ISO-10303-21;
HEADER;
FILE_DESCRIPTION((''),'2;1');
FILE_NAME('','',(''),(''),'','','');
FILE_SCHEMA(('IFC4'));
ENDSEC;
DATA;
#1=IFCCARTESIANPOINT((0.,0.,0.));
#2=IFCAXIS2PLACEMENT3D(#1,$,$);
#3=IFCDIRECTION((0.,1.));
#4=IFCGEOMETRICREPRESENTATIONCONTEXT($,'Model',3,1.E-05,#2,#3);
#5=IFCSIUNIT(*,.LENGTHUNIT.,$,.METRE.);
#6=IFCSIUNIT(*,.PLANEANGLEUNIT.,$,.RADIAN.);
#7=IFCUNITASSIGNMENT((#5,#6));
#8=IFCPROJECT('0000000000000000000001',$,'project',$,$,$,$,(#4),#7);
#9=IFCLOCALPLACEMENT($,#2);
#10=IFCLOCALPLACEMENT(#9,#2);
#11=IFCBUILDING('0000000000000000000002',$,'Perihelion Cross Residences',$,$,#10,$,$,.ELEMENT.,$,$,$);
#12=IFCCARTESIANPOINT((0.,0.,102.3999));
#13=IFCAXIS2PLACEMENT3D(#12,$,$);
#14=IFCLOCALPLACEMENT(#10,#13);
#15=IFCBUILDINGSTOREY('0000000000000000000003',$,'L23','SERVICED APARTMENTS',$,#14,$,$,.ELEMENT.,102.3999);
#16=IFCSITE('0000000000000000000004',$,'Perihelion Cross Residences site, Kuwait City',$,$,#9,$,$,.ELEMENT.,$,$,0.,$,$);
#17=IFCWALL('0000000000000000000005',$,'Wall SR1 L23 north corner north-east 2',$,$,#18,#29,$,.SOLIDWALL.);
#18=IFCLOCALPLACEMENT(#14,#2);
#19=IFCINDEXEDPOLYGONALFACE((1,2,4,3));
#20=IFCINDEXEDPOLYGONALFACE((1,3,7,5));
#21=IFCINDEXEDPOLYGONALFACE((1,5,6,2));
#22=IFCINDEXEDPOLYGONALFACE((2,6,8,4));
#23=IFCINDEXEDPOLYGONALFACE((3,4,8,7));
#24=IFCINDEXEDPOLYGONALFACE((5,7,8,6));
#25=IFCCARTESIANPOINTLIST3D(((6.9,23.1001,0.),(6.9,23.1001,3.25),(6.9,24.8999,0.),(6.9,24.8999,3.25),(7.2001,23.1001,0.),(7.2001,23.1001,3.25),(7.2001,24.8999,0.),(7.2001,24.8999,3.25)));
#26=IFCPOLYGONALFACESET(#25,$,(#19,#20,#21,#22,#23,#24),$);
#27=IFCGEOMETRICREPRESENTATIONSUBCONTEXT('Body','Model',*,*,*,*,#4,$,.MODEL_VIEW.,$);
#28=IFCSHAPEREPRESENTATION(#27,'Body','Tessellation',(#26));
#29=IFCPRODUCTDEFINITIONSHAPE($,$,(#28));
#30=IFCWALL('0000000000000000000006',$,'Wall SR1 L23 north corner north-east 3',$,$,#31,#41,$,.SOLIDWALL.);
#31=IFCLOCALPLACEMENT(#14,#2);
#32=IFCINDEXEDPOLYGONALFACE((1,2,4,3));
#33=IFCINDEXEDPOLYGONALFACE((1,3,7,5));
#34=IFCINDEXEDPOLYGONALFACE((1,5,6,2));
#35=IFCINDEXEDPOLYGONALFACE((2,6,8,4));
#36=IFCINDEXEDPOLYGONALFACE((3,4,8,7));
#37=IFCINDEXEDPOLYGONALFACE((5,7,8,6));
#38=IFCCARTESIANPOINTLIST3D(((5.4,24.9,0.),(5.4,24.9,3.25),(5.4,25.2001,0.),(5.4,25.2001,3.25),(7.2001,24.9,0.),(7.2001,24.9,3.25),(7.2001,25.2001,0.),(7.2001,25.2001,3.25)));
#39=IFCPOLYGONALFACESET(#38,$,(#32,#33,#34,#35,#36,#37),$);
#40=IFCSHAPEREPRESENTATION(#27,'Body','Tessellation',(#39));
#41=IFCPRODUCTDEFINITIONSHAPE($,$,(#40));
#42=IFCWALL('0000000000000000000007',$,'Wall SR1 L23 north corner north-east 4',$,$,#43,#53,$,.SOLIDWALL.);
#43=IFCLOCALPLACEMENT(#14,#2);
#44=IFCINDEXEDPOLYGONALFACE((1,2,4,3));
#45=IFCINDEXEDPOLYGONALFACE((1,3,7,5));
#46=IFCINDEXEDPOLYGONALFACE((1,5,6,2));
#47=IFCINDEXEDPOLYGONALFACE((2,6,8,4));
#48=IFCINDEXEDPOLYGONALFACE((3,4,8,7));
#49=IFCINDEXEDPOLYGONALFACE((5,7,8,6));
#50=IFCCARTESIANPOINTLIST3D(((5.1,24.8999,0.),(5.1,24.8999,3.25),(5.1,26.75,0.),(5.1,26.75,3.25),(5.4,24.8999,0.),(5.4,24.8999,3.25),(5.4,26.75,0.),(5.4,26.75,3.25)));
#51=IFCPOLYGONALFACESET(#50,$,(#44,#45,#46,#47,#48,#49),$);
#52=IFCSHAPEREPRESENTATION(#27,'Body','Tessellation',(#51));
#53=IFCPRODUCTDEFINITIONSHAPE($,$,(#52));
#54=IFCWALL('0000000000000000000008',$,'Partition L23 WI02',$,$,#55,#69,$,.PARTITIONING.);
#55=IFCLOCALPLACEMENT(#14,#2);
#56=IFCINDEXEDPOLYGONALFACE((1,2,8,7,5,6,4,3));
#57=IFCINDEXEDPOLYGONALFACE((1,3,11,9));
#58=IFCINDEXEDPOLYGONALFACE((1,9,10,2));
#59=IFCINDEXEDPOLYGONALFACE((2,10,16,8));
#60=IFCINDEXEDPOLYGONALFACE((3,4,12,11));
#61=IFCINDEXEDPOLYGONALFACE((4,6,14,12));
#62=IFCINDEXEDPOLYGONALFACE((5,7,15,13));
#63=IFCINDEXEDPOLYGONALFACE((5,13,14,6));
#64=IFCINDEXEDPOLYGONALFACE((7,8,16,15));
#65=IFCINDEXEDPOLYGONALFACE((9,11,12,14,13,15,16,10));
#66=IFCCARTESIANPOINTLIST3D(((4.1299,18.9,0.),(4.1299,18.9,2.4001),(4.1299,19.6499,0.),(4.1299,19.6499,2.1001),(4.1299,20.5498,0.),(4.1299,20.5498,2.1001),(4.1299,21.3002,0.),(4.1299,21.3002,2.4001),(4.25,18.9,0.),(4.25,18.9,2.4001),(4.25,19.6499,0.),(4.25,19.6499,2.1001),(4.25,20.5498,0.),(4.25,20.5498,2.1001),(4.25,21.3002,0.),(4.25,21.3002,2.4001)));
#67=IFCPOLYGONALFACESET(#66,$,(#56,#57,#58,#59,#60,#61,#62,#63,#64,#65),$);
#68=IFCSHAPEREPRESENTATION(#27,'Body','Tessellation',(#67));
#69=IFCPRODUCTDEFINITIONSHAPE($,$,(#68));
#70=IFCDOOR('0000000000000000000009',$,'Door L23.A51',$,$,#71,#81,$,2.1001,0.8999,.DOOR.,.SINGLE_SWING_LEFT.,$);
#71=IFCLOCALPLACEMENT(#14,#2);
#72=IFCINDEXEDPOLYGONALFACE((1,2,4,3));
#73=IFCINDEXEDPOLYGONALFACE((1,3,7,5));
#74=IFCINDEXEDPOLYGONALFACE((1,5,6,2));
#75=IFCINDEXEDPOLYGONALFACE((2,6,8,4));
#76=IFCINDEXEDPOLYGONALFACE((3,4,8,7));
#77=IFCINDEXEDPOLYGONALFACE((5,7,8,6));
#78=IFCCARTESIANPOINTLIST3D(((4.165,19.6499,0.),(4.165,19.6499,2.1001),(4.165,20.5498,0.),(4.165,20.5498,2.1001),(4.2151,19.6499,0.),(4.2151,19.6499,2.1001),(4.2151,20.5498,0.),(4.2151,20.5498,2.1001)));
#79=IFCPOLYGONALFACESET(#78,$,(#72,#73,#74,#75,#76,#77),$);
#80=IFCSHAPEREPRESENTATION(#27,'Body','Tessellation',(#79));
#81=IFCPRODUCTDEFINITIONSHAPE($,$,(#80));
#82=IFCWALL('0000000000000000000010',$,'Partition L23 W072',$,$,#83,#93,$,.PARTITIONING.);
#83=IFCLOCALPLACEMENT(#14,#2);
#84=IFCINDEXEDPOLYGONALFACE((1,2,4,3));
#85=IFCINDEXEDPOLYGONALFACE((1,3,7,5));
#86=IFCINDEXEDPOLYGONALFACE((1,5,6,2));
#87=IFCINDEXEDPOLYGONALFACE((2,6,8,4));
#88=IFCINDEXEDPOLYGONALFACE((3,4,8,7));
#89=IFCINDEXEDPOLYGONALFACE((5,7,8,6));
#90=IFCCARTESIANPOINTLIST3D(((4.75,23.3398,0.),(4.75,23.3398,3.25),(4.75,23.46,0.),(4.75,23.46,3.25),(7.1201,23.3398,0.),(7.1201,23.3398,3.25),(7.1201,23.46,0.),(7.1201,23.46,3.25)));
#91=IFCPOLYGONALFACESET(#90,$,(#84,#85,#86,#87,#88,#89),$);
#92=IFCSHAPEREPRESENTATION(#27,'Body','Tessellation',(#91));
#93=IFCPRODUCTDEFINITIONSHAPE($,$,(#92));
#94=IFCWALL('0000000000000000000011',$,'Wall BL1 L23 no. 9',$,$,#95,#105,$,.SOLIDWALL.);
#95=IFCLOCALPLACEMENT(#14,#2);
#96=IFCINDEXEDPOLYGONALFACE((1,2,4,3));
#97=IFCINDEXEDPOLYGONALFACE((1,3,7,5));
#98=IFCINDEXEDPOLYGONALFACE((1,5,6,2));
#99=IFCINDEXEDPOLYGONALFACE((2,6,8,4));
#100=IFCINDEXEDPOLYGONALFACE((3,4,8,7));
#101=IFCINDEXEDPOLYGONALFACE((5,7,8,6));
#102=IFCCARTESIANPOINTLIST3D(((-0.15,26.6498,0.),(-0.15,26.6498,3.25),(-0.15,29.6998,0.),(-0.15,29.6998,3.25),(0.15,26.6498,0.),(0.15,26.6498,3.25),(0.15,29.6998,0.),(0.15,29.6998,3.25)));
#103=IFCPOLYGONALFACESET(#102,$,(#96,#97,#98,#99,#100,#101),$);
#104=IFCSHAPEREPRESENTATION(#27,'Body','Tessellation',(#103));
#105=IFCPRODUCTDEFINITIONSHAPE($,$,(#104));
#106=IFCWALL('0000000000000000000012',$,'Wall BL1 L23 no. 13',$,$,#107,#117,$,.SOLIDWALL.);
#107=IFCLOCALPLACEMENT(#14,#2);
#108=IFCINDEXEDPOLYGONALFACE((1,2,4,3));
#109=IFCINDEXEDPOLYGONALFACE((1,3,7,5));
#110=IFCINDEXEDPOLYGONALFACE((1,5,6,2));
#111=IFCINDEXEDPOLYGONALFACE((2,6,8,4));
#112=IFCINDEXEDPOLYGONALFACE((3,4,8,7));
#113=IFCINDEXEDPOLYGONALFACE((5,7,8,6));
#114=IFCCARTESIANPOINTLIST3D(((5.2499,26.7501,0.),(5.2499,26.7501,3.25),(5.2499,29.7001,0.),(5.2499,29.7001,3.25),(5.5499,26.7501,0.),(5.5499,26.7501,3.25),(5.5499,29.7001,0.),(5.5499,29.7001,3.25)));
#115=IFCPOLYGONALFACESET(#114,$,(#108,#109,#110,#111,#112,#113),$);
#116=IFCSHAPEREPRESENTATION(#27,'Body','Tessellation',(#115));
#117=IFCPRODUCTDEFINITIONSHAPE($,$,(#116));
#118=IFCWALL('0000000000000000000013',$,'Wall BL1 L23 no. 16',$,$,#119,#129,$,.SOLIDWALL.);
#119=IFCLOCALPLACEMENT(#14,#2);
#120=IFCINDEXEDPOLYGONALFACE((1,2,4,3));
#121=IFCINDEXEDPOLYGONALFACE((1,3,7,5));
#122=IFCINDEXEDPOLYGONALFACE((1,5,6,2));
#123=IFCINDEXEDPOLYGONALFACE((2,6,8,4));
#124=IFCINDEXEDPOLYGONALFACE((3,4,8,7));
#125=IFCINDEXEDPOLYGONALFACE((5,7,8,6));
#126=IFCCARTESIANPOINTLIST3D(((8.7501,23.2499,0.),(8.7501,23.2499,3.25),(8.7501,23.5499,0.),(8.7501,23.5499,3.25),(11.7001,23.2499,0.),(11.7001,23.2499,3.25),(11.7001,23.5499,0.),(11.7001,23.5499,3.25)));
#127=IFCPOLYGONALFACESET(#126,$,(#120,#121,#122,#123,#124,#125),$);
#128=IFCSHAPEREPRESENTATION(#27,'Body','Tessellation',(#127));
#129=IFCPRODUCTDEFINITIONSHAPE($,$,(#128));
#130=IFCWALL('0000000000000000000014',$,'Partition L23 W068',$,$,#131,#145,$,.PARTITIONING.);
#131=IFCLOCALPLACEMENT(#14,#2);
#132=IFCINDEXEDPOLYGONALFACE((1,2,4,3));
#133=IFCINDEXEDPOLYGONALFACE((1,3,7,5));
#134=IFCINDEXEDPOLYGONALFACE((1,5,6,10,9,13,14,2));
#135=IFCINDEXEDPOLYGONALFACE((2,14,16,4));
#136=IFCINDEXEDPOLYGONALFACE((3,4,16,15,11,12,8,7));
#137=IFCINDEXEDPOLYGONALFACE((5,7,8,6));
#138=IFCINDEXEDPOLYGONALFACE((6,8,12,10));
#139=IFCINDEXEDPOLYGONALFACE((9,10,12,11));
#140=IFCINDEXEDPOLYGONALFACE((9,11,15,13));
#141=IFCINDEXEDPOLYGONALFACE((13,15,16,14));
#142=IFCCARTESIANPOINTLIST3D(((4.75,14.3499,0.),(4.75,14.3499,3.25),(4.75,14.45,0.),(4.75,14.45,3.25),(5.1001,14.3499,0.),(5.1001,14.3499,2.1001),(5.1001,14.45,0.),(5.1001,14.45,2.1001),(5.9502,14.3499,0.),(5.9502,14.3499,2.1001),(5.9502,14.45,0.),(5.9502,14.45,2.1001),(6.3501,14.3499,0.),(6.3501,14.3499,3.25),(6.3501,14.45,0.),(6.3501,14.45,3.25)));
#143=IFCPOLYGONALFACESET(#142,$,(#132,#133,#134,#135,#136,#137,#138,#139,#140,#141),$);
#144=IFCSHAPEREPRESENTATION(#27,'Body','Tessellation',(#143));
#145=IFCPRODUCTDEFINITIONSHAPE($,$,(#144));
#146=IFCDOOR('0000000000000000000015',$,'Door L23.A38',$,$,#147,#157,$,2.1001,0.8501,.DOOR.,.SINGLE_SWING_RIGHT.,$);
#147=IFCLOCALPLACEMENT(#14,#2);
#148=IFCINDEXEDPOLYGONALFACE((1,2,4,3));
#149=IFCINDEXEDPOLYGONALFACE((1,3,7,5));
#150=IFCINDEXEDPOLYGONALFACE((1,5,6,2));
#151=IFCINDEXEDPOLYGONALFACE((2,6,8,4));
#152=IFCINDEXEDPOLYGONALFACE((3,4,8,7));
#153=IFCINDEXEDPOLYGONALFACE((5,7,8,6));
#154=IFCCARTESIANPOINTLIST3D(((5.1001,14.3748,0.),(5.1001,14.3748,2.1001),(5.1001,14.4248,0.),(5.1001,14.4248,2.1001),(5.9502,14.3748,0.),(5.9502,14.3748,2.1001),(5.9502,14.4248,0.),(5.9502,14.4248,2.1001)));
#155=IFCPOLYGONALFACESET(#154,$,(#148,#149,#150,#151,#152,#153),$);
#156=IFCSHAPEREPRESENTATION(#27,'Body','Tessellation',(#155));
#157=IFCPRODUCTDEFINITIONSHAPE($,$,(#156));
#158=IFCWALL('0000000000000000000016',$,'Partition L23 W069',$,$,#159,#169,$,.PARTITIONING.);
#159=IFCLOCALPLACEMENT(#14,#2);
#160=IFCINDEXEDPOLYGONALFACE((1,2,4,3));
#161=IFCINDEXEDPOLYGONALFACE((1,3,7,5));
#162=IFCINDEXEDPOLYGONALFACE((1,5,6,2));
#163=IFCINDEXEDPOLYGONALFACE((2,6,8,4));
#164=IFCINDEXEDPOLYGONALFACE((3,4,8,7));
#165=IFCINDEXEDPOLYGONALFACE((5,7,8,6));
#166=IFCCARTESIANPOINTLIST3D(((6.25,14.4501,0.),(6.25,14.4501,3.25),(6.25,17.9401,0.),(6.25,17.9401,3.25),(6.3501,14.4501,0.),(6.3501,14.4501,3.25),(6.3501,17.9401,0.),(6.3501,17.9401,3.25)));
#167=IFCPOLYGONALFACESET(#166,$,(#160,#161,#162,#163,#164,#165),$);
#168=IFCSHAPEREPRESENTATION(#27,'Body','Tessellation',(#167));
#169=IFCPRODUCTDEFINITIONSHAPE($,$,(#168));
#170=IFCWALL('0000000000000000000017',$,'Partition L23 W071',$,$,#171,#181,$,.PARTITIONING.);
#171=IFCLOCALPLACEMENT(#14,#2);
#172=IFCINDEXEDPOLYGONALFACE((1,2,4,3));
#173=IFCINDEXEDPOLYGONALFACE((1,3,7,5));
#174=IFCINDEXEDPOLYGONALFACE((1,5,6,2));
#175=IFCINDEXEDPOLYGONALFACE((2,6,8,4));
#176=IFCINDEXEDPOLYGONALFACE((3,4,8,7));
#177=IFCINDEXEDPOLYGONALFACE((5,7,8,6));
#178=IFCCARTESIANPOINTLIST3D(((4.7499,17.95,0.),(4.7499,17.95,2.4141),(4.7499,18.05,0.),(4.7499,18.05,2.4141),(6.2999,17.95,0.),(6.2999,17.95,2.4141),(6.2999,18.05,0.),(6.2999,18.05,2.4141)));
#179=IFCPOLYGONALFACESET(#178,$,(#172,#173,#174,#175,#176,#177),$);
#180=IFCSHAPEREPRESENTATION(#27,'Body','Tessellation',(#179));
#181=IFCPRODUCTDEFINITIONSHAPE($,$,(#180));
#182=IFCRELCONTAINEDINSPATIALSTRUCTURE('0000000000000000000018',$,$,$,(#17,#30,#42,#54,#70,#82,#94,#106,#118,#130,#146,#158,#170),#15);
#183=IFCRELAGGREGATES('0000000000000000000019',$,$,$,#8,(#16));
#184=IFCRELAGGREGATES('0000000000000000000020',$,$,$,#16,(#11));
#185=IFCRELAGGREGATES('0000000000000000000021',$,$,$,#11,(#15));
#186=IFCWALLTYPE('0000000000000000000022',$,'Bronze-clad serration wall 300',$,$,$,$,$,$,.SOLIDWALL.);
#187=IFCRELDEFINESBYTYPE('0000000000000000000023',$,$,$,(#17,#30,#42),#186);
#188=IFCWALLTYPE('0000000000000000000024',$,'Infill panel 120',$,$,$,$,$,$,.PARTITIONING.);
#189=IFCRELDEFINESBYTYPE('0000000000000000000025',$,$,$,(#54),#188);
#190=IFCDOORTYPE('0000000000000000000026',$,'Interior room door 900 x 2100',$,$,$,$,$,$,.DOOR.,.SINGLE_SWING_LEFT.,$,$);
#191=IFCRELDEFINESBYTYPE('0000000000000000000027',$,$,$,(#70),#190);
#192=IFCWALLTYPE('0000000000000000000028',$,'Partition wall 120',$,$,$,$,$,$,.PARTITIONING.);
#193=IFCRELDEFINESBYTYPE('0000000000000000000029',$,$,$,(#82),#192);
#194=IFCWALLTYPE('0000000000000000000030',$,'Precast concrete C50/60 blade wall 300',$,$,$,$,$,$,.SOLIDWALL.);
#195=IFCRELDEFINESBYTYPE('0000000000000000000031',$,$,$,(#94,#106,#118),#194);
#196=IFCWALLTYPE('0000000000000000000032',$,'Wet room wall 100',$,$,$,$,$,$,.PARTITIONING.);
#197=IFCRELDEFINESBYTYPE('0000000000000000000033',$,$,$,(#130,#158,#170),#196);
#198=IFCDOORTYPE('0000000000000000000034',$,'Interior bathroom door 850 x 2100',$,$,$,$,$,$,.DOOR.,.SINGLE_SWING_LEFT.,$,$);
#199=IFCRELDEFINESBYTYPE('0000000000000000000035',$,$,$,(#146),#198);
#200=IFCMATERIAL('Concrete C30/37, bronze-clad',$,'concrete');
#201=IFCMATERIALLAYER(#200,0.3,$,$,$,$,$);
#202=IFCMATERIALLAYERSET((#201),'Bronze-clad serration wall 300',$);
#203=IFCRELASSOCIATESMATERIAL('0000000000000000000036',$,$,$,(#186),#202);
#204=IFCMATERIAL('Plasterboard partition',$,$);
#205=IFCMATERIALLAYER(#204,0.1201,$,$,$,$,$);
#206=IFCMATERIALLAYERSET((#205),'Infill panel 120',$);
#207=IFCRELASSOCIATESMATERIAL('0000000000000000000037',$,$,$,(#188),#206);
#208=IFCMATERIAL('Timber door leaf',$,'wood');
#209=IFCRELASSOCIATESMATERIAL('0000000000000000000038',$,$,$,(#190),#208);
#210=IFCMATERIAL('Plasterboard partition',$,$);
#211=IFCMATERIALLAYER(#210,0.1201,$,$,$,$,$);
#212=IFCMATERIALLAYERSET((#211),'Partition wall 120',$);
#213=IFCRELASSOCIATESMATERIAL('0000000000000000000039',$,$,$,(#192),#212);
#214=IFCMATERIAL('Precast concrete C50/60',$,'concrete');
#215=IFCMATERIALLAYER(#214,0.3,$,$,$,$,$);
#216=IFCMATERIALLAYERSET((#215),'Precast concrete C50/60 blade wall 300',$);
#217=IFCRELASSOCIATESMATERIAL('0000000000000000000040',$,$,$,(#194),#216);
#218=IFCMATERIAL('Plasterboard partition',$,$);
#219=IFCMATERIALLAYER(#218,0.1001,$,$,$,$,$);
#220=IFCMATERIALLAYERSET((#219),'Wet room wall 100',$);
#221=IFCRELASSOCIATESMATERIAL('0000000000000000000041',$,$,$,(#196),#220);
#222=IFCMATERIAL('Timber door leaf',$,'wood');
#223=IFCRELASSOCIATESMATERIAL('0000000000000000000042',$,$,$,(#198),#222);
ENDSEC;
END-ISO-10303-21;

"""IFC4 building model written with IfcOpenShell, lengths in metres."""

from ifc_helpers import new_model, si_unit, direction, frame, frame_2d, origin, place, context, subcontext, project, spatial, rectangle, extrude, material, layer, layer_set, type_object, element, fill, save


model = new_model("IFC4")

# Units and contexts
model_context = context("Model", 3, precision=1e-05, world=origin(), true_north=direction((0.0, 1.0)))
body_context = subcontext(model_context, "Body", "Model", "MODEL_VIEW")
ifc_project = project(units=[si_unit("LENGTHUNIT", "METRE"), si_unit("PLANEANGLEUNIT", "RADIAN")], contexts=[model_context])

# Site, building, storey
site_placement = place(None, origin())
site = spatial("IfcSite", under=ifc_project, at=site_placement, Name="Perihelion Cross Residences site, Kuwait City", CompositionType="ELEMENT", RefElevation=0.0)
building_placement = place(site_placement, origin())
building = spatial("IfcBuilding", under=site, at=building_placement, Name="Perihelion Cross Residences", CompositionType="ELEMENT")
storey_placement = place(building_placement, frame((0.0, 0.0, 102.3999)))
storey = spatial("IfcBuildingStorey", under=building, at=storey_placement, Name="L23", Description="SERVICED APARTMENTS", CompositionType="ELEMENT", Elevation=102.3999)

# Walls
ifc_material_1 = material(Name="Concrete C30/37, bronze-clad", Category="concrete")
ifc_layer_1 = layer(ifc_material_1, 0.3)
ifc_layer_set_1 = layer_set([ifc_layer_1], Name="Bronze-clad serration wall 300")
wall_type_1 = type_object("IfcWallType", Name="Bronze-clad serration wall 300", PredefinedType="SOLIDWALL", material=ifc_layer_set_1)
wall_1_placement = place(storey_placement, frame((7.05, 23.1001, 0.0), z_axis=(0.0, 0.0, 1.0), x_axis=(0.0, 1.0, 0.0)))
element("IfcWall", 1, at=wall_1_placement, inside=storey, type_object=wall_type_1, Name="Wall SR1 L23 north corner north-east 2", PredefinedType="SOLIDWALL", context=body_context, shape_type="SweptSolid", body=[
    extrude(rectangle(XDim=1.7998, YDim=0.3, at=frame_2d((0.8999, 0.0))), origin(), (0.0, 0.0, 1.0), 3.25),
])
wall_2_placement = place(storey_placement, frame((7.2, 25.05, 0.0), z_axis=(0.0, 0.0, 1.0), x_axis=(-1.0, 0.0, 0.0)))
element("IfcWall", 2, at=wall_2_placement, inside=storey, type_object=wall_type_1, Name="Wall SR1 L23 north corner north-east 3", PredefinedType="SOLIDWALL", context=body_context, shape_type="SweptSolid", body=[
    extrude(rectangle(XDim=1.8, YDim=0.3, at=frame_2d((0.8999, 0.0))), origin(), (0.0, 0.0, 1.0), 3.25),
])
wall_3_placement = place(storey_placement, frame((5.25, 24.8999, 0.0), z_axis=(0.0, 0.0, 1.0), x_axis=(0.0, 1.0, 0.0)))
element("IfcWall", 3, at=wall_3_placement, inside=storey, type_object=wall_type_1, Name="Wall SR1 L23 north corner north-east 4", PredefinedType="SOLIDWALL", context=body_context, shape_type="SweptSolid", body=[
    extrude(rectangle(XDim=1.8501, YDim=0.3, at=frame_2d((0.925, 0.0))), origin(), (0.0, 0.0, 1.0), 3.25),
])

# Wall, opening, door
ifc_material_2 = material(Name="Plasterboard partition")
ifc_layer_2 = layer(ifc_material_2, 0.1201)
ifc_layer_set_2 = layer_set([ifc_layer_2], Name="Infill panel 120")
wall_type_2 = type_object("IfcWallType", Name="Infill panel 120", PredefinedType="PARTITIONING", material=ifc_layer_set_2)
wall_4_placement = place(storey_placement, frame((4.1899, 18.8999, 0.0), z_axis=(0.0, 0.0, 1.0), x_axis=(0.0, 1.0, 0.0)))
wall_4 = element("IfcWall", 4, at=wall_4_placement, inside=storey, type_object=wall_type_2, Name="Partition L23 WI02", PredefinedType="PARTITIONING", context=body_context, shape_type="SweptSolid", body=[
    extrude(rectangle(XDim=2.4001, YDim=0.1201, at=frame_2d((1.2002, 0.0))), origin(), (0.0, 0.0, 1.0), 2.4001),
])
opening_1_placement = place(wall_4_placement, frame((0.75, 0.0, 0.0)))
opening_1 = element("IfcOpeningElement", 5, at=opening_1_placement, cuts=wall_4, PredefinedType="OPENING", context=body_context, shape_type="SweptSolid", body=[
    extrude(rectangle(XDim=0.8999, YDim=2.1001, at=frame_2d((0.45, 1.05))), frame((0.0, 0.0701, 0.0), z_axis=(0.0, -1.0, 0.0), x_axis=(1.0, 0.0, 0.0)), (0.0, 0.0, 1.0), 0.1401),
])
ifc_material_3 = material(Name="Timber door leaf", Category="wood")
door_type_1 = type_object("IfcDoorType", Name="Interior room door 900 x 2100", OperationType="SINGLE_SWING_LEFT", PredefinedType="DOOR", material=ifc_material_3)
door_1_placement = place(opening_1_placement, origin())
door_1 = element("IfcDoor", 6, at=door_1_placement, inside=storey, type_object=door_type_1, Name="Door L23.A51", OperationType="SINGLE_SWING_LEFT", OverallHeight=2.1001, OverallWidth=0.8999, PredefinedType="DOOR", context=body_context, shape_type="SweptSolid", body=[
    extrude(rectangle(XDim=0.8999, YDim=2.1001, at=frame_2d((0.45, 1.05))), frame((0.0, 0.0249, 0.0), z_axis=(0.0, -1.0, 0.0), x_axis=(1.0, 0.0, 0.0)), (0.0, 0.0, 1.0), 0.05),
])
fill(opening_1, door_1)

# Walls
ifc_material_4 = material(Name="Plasterboard partition")
ifc_layer_3 = layer(ifc_material_4, 0.1201)
ifc_layer_set_3 = layer_set([ifc_layer_3], Name="Partition wall 120")
wall_type_3 = type_object("IfcWallType", Name="Partition wall 120", PredefinedType="PARTITIONING", material=ifc_layer_set_3)
wall_5_placement = place(storey_placement, frame((4.75, 23.3999, 0.0), z_axis=(0.0, 0.0, 1.0), x_axis=(1.0, 0.0, 0.0)))
element("IfcWall", 7, at=wall_5_placement, inside=storey, type_object=wall_type_3, Name="Partition L23 W072", PredefinedType="PARTITIONING", context=body_context, shape_type="SweptSolid", body=[
    extrude(rectangle(XDim=2.3701, YDim=0.1201, at=frame_2d((1.1851, 0.0))), origin(), (0.0, 0.0, 1.0), 3.25),
])
ifc_material_5 = material(Name="Precast concrete C50/60", Category="concrete")
ifc_layer_4 = layer(ifc_material_5, 0.3)
ifc_layer_set_4 = layer_set([ifc_layer_4], Name="Precast concrete C50/60 blade wall 300")
wall_type_4 = type_object("IfcWallType", Name="Precast concrete C50/60 blade wall 300", PredefinedType="SOLIDWALL", material=ifc_layer_set_4)
wall_6_placement = place(storey_placement, frame((0.0, 26.6499, 0.0), z_axis=(0.0, 0.0, 1.0), x_axis=(0.0, 1.0, 0.0)))
element("IfcWall", 8, at=wall_6_placement, inside=storey, type_object=wall_type_4, Name="Wall BL1 L23 no. 9", PredefinedType="SOLIDWALL", context=body_context, shape_type="SweptSolid", body=[
    extrude(rectangle(XDim=3.05, YDim=0.3, at=frame_2d((1.5249, 0.0))), origin(), (0.0, 0.0, 1.0), 3.25),
])
for number, where, z_axis, x_axis, name in (
    (9, (5.3999, 26.75, 0.0), (0.0, 0.0, 1.0), (0.0, 1.0, 0.0), "Wall BL1 L23 no. 13"),
    (10, (8.75, 23.3999, 0.0), (0.0, 0.0, 1.0), (1.0, 0.0, 0.0), "Wall BL1 L23 no. 16"),
):
    element("IfcWall", number, at=place(storey_placement, frame(where, z_axis=z_axis, x_axis=x_axis)), inside=storey, type_object=wall_type_4, Name=name, PredefinedType="SOLIDWALL", context=body_context, shape_type="SweptSolid", body=[
        extrude(rectangle(XDim=2.95, YDim=0.3, at=frame_2d((1.4751, 0.0))), origin(), (0.0, 0.0, 1.0), 3.25),
    ])

# Wall, opening, door
ifc_material_6 = material(Name="Plasterboard partition")
ifc_layer_5 = layer(ifc_material_6, 0.1001)
ifc_layer_set_5 = layer_set([ifc_layer_5], Name="Wet room wall 100")
wall_type_5 = type_object("IfcWallType", Name="Wet room wall 100", PredefinedType="PARTITIONING", material=ifc_layer_set_5)
wall_7_placement = place(storey_placement, frame((4.75, 14.3999, 0.0), z_axis=(0.0, 0.0, 1.0), x_axis=(1.0, 0.0, 0.0)))
wall_7 = element("IfcWall", 11, at=wall_7_placement, inside=storey, type_object=wall_type_5, Name="Partition L23 W068", PredefinedType="PARTITIONING", context=body_context, shape_type="SweptSolid", body=[
    extrude(rectangle(XDim=1.6001, YDim=0.1001, at=frame_2d((0.8, 0.0))), origin(), (0.0, 0.0, 1.0), 3.25),
])
opening_2_placement = place(wall_7_placement, frame((0.3501, 0.0, 0.0)))
opening_2 = element("IfcOpeningElement", 12, at=opening_2_placement, cuts=wall_7, PredefinedType="OPENING", context=body_context, shape_type="SweptSolid", body=[
    extrude(rectangle(XDim=0.8501, YDim=2.1001, at=frame_2d((0.425, 1.05))), frame((0.0, 0.0601, 0.0), z_axis=(0.0, -1.0, 0.0), x_axis=(1.0, 0.0, 0.0)), (0.0, 0.0, 1.0), 0.1201),
])
ifc_material_7 = material(Name="Timber door leaf", Category="wood")
door_type_2 = type_object("IfcDoorType", Name="Interior bathroom door 850 x 2100", OperationType="SINGLE_SWING_LEFT", PredefinedType="DOOR", material=ifc_material_7)
door_2_placement = place(opening_2_placement, origin())
door_2 = element("IfcDoor", 13, at=door_2_placement, inside=storey, type_object=door_type_2, Name="Door L23.A38", OperationType="SINGLE_SWING_RIGHT", OverallHeight=2.1001, OverallWidth=0.8501, PredefinedType="DOOR", context=body_context, shape_type="SweptSolid", body=[
    extrude(rectangle(XDim=0.8501, YDim=2.1001, at=frame_2d((0.425, 1.05))), frame((0.0, 0.0249, 0.0), z_axis=(0.0, -1.0, 0.0), x_axis=(1.0, 0.0, 0.0)), (0.0, 0.0, 1.0), 0.05),
])
fill(opening_2, door_2)

# Walls
wall_8_placement = place(storey_placement, frame((6.3, 14.45, 0.0), z_axis=(0.0, 0.0, 1.0), x_axis=(0.0, 1.0, 0.0)))
element("IfcWall", 14, at=wall_8_placement, inside=storey, type_object=wall_type_5, Name="Partition L23 W069", PredefinedType="PARTITIONING", context=body_context, shape_type="SweptSolid", body=[
    extrude(rectangle(XDim=3.49, YDim=0.1001, at=frame_2d((1.7451, 0.0))), origin(), (0.0, 0.0, 1.0), 3.25),
])
wall_9_placement = place(storey_placement, frame((4.75, 18.0, 0.0), z_axis=(0.0, 0.0, 1.0), x_axis=(1.0, 0.0, 0.0)))
element("IfcWall", 15, at=wall_9_placement, inside=storey, type_object=wall_type_5, Name="Partition L23 W071", PredefinedType="PARTITIONING", context=body_context, shape_type="SweptSolid", body=[
    extrude(rectangle(XDim=1.55, YDim=0.1001, at=frame_2d((0.7749, 0.0))), origin(), (0.0, 0.0, 1.0), 2.4141),
])

save(model, "model.ifc")
